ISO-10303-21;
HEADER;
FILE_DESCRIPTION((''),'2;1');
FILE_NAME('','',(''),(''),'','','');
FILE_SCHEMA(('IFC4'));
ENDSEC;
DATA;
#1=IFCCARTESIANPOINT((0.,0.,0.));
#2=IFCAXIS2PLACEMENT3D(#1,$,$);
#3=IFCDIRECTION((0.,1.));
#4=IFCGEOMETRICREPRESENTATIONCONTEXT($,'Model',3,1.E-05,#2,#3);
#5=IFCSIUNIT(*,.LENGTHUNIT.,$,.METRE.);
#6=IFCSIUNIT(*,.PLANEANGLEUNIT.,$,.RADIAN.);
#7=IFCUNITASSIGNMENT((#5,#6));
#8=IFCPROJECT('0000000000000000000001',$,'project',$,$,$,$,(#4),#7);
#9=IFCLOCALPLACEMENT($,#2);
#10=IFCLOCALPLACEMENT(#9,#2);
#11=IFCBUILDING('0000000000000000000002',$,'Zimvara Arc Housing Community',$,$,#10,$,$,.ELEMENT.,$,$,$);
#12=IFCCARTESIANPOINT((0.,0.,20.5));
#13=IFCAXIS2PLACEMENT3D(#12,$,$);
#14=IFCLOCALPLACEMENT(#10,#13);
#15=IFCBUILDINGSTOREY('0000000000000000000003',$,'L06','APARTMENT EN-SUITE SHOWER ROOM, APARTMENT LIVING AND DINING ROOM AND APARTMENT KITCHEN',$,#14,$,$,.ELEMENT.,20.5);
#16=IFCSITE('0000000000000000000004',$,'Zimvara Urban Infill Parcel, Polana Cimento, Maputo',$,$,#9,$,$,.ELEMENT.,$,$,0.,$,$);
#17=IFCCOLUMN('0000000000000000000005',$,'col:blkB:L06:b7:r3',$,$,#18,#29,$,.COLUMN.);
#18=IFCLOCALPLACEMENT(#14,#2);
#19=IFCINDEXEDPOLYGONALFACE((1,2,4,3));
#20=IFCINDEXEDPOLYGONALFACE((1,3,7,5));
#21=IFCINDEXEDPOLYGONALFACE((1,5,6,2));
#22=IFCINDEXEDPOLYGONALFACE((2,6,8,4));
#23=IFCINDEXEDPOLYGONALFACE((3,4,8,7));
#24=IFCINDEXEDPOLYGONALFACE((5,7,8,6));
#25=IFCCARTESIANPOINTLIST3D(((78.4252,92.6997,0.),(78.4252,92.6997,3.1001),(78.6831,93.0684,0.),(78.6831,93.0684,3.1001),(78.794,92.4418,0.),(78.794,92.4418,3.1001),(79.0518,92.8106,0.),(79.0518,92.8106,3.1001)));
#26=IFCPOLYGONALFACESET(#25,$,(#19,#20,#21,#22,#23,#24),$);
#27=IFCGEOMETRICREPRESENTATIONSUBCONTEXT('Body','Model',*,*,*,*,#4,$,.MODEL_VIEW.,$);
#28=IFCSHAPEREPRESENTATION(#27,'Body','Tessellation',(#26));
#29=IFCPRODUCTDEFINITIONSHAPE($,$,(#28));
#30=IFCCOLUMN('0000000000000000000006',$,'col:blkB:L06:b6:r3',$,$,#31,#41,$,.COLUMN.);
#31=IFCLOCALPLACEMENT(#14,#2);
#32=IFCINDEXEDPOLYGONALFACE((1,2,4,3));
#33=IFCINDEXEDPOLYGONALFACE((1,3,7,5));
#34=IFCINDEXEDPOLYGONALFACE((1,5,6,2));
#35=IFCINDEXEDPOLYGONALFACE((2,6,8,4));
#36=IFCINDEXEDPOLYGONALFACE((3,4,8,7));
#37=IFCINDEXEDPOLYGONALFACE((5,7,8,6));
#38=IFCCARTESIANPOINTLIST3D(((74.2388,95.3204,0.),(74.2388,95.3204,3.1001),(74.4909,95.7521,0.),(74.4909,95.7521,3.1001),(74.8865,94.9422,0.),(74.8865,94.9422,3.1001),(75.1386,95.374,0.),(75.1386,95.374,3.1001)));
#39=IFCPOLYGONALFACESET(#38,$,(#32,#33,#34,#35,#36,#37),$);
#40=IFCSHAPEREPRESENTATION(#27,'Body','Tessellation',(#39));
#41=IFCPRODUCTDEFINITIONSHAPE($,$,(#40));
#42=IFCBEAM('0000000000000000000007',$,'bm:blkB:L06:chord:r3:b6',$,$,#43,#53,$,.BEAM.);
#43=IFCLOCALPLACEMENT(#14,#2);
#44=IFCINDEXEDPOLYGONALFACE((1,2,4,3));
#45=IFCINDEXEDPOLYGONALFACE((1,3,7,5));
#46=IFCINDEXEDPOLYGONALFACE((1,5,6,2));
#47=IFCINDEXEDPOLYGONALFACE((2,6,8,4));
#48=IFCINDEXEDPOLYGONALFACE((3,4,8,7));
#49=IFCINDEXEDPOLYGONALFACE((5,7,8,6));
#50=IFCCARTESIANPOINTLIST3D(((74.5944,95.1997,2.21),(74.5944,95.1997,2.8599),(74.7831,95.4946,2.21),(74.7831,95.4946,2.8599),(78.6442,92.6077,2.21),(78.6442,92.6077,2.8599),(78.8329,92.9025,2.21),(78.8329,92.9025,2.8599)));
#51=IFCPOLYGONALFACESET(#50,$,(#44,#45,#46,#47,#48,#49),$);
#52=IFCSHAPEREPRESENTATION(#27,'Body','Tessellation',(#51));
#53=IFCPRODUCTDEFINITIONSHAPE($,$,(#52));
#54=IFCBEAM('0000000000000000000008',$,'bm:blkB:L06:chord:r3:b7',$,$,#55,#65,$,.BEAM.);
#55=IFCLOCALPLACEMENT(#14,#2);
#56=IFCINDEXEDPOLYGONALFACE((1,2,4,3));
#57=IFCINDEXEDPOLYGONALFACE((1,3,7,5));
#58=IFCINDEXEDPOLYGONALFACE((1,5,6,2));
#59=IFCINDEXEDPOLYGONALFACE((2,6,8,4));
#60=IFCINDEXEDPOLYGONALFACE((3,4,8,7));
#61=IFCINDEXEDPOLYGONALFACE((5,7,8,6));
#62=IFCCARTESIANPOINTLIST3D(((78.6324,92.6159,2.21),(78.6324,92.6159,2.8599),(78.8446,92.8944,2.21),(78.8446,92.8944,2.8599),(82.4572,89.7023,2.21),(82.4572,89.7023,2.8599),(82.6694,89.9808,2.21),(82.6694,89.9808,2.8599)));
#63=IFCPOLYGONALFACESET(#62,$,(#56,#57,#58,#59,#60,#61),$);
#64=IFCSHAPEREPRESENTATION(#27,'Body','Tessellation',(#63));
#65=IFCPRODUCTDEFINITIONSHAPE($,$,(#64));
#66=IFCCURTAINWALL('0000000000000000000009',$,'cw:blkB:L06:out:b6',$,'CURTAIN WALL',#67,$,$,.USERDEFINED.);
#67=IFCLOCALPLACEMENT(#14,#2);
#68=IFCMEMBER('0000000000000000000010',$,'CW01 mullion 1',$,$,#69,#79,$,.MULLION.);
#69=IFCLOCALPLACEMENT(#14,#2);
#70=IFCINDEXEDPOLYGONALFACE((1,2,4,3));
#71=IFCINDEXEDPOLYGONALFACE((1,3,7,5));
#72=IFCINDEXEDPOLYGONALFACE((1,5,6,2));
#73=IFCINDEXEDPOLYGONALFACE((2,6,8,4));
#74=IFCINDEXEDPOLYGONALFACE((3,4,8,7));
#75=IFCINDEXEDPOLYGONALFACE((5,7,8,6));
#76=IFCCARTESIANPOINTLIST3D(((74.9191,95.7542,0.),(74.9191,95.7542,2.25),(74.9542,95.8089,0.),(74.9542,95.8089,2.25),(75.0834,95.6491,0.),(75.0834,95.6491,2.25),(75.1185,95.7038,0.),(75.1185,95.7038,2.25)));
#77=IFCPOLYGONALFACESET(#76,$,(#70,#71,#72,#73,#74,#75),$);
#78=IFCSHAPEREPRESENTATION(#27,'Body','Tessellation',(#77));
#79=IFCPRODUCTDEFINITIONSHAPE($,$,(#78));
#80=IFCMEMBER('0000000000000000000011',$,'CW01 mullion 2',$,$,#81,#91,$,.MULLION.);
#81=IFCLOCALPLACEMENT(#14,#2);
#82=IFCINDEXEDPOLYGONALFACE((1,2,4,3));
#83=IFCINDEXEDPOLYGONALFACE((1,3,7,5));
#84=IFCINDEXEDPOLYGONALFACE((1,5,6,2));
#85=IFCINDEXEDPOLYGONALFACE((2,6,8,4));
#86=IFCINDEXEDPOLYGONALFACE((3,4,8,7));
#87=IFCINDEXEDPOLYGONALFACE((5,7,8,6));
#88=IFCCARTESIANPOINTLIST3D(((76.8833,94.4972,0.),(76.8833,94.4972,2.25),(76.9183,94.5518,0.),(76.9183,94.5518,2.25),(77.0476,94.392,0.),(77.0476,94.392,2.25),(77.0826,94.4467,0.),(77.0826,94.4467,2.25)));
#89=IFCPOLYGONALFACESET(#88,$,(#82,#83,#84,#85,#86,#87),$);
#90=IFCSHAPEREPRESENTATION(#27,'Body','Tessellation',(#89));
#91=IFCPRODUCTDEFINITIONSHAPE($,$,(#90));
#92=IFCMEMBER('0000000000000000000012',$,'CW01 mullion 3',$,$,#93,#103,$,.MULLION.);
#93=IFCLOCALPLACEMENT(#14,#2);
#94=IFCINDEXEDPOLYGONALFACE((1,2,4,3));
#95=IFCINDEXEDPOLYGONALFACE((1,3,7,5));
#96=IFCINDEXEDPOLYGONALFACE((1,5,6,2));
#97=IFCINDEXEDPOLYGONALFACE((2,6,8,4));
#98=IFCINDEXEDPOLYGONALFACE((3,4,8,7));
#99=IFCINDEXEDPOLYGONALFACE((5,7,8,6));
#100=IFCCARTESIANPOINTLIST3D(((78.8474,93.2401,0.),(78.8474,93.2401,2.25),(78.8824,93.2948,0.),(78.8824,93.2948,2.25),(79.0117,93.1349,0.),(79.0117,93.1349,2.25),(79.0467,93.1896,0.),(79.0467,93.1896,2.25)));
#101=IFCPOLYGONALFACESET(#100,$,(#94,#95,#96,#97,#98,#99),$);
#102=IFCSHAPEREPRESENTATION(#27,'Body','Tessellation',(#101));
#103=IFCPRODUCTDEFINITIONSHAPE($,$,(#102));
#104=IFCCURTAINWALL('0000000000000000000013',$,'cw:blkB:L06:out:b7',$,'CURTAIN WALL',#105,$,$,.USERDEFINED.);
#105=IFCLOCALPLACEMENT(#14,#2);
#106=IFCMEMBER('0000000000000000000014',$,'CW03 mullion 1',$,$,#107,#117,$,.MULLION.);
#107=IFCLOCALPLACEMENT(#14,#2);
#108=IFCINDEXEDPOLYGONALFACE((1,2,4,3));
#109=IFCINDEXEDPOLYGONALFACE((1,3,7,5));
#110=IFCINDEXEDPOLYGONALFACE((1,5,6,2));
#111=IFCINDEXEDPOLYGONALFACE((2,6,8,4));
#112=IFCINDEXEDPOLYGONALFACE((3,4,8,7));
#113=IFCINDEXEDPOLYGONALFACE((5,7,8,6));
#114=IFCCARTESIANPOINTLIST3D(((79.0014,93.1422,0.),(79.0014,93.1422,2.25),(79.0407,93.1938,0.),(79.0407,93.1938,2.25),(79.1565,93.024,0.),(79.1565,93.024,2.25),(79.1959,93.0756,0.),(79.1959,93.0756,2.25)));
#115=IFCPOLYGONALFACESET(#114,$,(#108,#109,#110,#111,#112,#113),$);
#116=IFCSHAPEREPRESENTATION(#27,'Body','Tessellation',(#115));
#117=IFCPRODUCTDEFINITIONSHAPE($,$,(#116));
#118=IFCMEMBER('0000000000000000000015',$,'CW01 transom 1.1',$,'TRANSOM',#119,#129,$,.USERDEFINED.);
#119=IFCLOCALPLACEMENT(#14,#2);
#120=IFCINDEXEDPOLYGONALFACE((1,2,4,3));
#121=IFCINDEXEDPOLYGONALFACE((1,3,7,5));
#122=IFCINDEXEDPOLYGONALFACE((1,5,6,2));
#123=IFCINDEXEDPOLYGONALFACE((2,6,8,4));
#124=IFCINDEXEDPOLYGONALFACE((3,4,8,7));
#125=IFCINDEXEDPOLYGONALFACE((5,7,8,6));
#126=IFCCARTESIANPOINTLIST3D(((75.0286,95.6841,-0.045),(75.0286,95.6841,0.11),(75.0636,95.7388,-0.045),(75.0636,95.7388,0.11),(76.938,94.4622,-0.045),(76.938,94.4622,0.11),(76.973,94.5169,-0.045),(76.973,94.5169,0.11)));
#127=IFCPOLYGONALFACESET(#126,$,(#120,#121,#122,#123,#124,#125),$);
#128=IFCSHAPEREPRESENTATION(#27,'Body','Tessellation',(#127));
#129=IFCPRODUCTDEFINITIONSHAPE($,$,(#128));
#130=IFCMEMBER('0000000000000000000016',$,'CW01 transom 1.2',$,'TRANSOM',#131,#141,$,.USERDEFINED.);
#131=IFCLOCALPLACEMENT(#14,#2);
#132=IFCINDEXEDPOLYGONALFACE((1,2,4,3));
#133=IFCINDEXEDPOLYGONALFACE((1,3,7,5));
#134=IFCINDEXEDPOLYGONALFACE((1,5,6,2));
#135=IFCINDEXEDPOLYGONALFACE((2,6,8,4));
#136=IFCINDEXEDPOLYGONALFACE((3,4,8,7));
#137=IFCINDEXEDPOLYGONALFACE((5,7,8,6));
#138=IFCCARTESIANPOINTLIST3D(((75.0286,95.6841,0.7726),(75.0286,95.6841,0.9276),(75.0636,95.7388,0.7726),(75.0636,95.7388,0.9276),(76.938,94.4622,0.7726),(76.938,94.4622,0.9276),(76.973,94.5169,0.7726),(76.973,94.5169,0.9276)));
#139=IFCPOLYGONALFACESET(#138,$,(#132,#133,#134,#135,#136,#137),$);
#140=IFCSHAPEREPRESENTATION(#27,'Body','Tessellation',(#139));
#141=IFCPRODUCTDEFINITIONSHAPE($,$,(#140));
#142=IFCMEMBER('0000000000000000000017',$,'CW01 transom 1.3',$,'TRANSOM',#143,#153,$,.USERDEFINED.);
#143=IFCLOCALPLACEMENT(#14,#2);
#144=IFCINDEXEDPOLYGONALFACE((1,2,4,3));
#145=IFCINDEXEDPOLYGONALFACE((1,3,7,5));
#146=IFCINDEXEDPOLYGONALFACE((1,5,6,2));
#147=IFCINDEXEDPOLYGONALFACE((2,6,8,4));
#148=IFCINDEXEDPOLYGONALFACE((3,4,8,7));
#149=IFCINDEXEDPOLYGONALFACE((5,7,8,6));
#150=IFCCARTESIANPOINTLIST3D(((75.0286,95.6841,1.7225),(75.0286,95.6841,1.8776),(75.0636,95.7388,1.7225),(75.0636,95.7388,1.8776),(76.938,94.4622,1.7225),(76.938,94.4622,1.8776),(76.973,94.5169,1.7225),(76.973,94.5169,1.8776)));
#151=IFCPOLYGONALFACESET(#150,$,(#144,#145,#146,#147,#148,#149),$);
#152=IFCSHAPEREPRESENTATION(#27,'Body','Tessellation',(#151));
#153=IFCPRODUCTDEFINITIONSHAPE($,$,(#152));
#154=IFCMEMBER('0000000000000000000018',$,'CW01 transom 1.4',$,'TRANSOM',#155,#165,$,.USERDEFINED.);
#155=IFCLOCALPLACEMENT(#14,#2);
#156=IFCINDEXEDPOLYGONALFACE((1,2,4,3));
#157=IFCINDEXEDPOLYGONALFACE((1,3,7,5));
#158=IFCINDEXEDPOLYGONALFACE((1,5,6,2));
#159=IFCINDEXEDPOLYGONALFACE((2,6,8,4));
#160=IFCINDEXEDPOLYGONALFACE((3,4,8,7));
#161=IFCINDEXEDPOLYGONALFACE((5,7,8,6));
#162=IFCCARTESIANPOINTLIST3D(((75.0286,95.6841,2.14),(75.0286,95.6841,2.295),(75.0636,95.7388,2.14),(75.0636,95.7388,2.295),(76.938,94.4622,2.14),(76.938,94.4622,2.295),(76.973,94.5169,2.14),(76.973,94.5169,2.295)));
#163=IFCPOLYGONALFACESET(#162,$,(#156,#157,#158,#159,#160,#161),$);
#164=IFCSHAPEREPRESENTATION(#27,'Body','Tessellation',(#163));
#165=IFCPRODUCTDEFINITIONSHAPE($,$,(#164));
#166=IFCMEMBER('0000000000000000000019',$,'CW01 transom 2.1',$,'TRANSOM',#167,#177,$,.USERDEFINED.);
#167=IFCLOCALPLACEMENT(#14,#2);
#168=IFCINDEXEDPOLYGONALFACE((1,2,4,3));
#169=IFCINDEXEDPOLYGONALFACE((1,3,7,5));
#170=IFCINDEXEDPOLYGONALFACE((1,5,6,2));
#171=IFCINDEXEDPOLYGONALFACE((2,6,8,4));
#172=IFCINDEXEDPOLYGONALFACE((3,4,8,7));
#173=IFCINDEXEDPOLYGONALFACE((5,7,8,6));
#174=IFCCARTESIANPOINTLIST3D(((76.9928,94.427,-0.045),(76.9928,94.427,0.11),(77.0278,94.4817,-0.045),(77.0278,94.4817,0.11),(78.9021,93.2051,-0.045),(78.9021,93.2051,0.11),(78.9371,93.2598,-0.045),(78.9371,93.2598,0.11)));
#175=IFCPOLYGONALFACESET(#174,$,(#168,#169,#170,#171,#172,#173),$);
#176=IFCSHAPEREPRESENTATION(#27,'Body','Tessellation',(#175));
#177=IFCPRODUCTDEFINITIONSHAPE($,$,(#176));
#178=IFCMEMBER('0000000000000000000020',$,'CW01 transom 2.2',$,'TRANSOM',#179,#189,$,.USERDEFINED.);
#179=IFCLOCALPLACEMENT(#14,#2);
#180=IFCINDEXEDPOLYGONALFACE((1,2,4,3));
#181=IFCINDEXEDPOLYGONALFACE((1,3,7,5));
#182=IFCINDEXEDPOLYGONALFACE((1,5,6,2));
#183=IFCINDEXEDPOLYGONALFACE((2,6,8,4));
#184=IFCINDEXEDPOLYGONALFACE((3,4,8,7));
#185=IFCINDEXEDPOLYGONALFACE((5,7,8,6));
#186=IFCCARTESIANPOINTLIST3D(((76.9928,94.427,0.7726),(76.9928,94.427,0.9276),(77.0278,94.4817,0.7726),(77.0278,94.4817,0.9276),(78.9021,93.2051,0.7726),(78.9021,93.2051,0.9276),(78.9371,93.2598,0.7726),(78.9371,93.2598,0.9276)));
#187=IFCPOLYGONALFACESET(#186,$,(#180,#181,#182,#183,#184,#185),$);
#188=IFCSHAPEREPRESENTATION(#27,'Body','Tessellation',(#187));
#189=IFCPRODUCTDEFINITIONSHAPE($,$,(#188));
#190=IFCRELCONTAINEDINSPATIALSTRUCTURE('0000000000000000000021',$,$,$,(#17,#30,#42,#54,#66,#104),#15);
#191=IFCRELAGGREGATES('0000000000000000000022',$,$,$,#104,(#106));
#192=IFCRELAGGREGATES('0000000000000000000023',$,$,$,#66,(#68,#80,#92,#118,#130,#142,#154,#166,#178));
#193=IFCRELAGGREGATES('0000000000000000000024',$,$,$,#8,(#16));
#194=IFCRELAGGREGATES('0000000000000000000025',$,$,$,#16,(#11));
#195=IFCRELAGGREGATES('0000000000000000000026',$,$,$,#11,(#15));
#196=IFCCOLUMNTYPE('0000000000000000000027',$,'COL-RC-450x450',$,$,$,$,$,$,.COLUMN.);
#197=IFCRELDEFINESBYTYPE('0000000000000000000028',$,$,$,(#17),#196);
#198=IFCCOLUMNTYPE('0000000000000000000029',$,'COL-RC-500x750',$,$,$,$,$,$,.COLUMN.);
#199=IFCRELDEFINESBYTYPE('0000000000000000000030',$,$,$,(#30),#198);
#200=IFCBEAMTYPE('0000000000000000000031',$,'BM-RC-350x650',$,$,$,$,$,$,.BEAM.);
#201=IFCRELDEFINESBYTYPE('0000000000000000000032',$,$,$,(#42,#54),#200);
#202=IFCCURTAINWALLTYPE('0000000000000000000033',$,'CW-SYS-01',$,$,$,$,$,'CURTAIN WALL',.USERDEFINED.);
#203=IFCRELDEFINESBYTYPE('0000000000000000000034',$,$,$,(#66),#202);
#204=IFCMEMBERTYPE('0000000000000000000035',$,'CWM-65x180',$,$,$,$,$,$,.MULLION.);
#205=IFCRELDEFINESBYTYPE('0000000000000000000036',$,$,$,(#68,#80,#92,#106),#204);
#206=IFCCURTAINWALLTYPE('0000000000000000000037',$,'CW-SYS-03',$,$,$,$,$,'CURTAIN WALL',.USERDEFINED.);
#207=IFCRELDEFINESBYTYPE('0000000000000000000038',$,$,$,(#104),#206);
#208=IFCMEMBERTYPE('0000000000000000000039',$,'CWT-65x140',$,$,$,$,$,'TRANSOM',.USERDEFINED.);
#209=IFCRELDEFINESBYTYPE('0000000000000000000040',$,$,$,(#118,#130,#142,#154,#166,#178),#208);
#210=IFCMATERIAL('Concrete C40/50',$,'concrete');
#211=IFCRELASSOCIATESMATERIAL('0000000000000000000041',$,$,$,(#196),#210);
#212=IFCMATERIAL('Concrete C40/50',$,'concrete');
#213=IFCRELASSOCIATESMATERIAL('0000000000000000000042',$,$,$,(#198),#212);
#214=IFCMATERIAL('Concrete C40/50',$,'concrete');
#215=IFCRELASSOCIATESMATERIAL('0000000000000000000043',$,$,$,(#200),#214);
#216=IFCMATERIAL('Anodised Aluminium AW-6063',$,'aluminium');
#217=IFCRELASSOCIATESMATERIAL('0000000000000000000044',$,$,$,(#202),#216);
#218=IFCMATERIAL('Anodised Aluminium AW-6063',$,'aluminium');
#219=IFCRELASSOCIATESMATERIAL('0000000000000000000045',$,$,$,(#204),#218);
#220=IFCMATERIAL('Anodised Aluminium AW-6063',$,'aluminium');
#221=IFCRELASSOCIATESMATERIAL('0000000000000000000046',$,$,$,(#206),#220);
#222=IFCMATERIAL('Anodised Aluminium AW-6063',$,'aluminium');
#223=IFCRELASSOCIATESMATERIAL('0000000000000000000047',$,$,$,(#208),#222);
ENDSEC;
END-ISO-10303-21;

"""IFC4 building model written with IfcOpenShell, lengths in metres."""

from ifc_helpers import new_model, si_unit, direction, frame, origin, origin_2d, place, context, subcontext, project, spatial, rectangle, extrude, material, material_profile, profile_set, type_object, element, aggregate, save


model = new_model("IFC4")

# Units and contexts
model_context = context("Model", 3, precision=1e-05, world=origin(), true_north=direction((0.0, 1.0)))
body_context = subcontext(model_context, "Body", "Model", "MODEL_VIEW")
ifc_project = project(units=[si_unit("LENGTHUNIT", "METRE"), si_unit("PLANEANGLEUNIT", "RADIAN")], contexts=[model_context])

# Site, building, storey
site_placement = place(None, origin())
site = spatial("IfcSite", under=ifc_project, at=site_placement, Name="Zimvara Urban Infill Parcel, Polana Cimento, Maputo", CompositionType="ELEMENT", RefElevation=0.0)
building_placement = place(site_placement, origin())
building = spatial("IfcBuilding", under=site, at=building_placement, Name="Zimvara Arc Housing Community", CompositionType="ELEMENT")
storey_placement = place(building_placement, frame((0.0, 0.0, 20.5)))
storey = spatial("IfcBuildingStorey", under=building, at=storey_placement, Name="L06", Description="APARTMENT EN-SUITE SHOWER ROOM, APARTMENT LIVING AND DINING ROOM AND APARTMENT KITCHEN", CompositionType="ELEMENT", Elevation=20.5)

# Columns
ifc_material_1 = material(Name="Concrete C40/50", Category="concrete")
ifc_material_profile_1 = material_profile(ifc_material_1, rectangle(XDim=0.45, YDim=0.45, at=origin_2d()), Name="RC 450x450")
ifc_profile_set_1 = profile_set([ifc_material_profile_1], Name="Concrete C40/50")
column_type_1 = type_object("IfcColumnType", Name="COL-RC-450x450", PredefinedType="COLUMN", material=ifc_profile_set_1)
column_1_placement = place(storey_placement, frame((78.7385, 92.7551, 0.0), z_axis=(0.0, 0.0, 1.0), x_axis=(0.573004, 0.819552, 0.0)))
element("IfcColumn", 1, at=column_1_placement, inside=storey, type_object=column_type_1, Name="col:blkB:L06:b7:r3", PredefinedType="COLUMN", context=body_context, shape_type="SweptSolid", body=[
    extrude(rectangle(XDim=0.45, YDim=0.45, at=origin_2d()), origin(), (0.0, 0.0, 1.0), 3.1001),
])
ifc_material_2 = material(Name="Concrete C40/50", Category="concrete")
ifc_material_profile_2 = material_profile(ifc_material_2, rectangle(XDim=0.5, YDim=0.75, at=origin_2d()), Name="RC 500x750")
ifc_profile_set_2 = profile_set([ifc_material_profile_2], Name="Concrete C40/50")
column_type_2 = type_object("IfcColumnType", Name="COL-RC-500x750", PredefinedType="COLUMN", material=ifc_profile_set_2)
column_2_placement = place(storey_placement, frame((74.6887, 95.3472, 0.0), z_axis=(0.0, 0.0, 1.0), x_axis=(0.504226, 0.863572, 0.0)))
element("IfcColumn", 2, at=column_2_placement, inside=storey, type_object=column_type_2, Name="col:blkB:L06:b6:r3", PredefinedType="COLUMN", context=body_context, shape_type="SweptSolid", body=[
    extrude(rectangle(XDim=0.5, YDim=0.75, at=origin_2d()), origin(), (0.0, 0.0, 1.0), 3.1001),
])

# Beams
ifc_material_3 = material(Name="Concrete C40/50", Category="concrete")
ifc_material_profile_3 = material_profile(ifc_material_3, rectangle(XDim=0.3501, YDim=0.6499, at=origin_2d()), Name="RC 350x650")
ifc_profile_set_3 = profile_set([ifc_material_profile_3], Name="Concrete C40/50")
beam_type = type_object("IfcBeamType", Name="BM-RC-350x650", PredefinedType="BEAM", material=ifc_profile_set_3)
beam_1_placement = place(storey_placement, frame((74.6887, 95.3472, 2.5349), z_axis=(0.842256, -0.539078, 0.0), x_axis=(0.539078, 0.842256, 0.0)))
element("IfcBeam", 3, at=beam_1_placement, inside=storey, type_object=beam_type, Name="bm:blkB:L06:chord:r3:b6", PredefinedType="BEAM", context=body_context, shape_type="SweptSolid", body=[
    extrude(rectangle(XDim=0.3501, YDim=0.6499, at=origin_2d()), origin(), (0.0, 0.0, 1.0), 4.8083),
])
beam_2_placement = place(storey_placement, frame((78.7385, 92.7551, 2.5349), z_axis=(0.795481, -0.605979, 0.0), x_axis=(0.605979, 0.795481, 0.0)))
element("IfcBeam", 4, at=beam_2_placement, inside=storey, type_object=beam_type, Name="bm:blkB:L06:chord:r3:b7", PredefinedType="BEAM", context=body_context, shape_type="SweptSolid", body=[
    extrude(rectangle(XDim=0.3501, YDim=0.6499, at=origin_2d()), origin(), (0.0, 0.0, 1.0), 4.8081),
])

# Curtain wall, members
ifc_material_4 = material(Name="Anodised Aluminium AW-6063", Category="aluminium")
curtain_wall_type_1 = type_object("IfcCurtainWallType", Name="CW-SYS-01", ElementType="CURTAIN WALL", PredefinedType="USERDEFINED", material=ifc_material_4)
curtain_wall_1_placement = place(storey_placement, origin())
curtain_wall_1 = element("IfcCurtainWall", 5, at=curtain_wall_1_placement, inside=storey, type_object=curtain_wall_type_1, Name="cw:blkB:L06:out:b6", ObjectType="CURTAIN WALL", PredefinedType="USERDEFINED")
ifc_material_5 = material(Name="Anodised Aluminium AW-6063", Category="aluminium")
ifc_material_profile_4 = material_profile(ifc_material_5, rectangle(XDim=0.0649, YDim=0.1951, at=origin_2d()), Name="ALU 65x195")
ifc_profile_set_4 = profile_set([ifc_material_profile_4], Name="Anodised Aluminium AW-6063")
member_type_1 = type_object("IfcMemberType", Name="CWM-65x180", PredefinedType="MULLION", material=ifc_profile_set_4)
member_1_placement = place(storey_placement, frame((75.0188, 95.729, 0.0), z_axis=(0.0, 0.0, 1.0), x_axis=(0.539065, 0.842264, 0.0)))
member_1 = element("IfcMember", 6, at=member_1_placement, type_object=member_type_1, Name="CW01 mullion 1", PredefinedType="MULLION", context=body_context, shape_type="SweptSolid", body=[
    extrude(rectangle(XDim=0.0649, YDim=0.1951, at=origin_2d()), origin(), (0.0, 0.0, 1.0), 2.25),
])
member_2_placement = place(storey_placement, frame((76.9829, 94.4719, 0.0), z_axis=(0.0, 0.0, 1.0), x_axis=(0.539065, 0.842264, 0.0)))
member_2 = element("IfcMember", 7, at=member_2_placement, type_object=member_type_1, Name="CW01 mullion 2", PredefinedType="MULLION", context=body_context, shape_type="SweptSolid", body=[
    extrude(rectangle(XDim=0.0649, YDim=0.1951, at=origin_2d()), origin(), (0.0, 0.0, 1.0), 2.25),
])
member_3_placement = place(storey_placement, frame((78.947, 93.2148, 0.0), z_axis=(0.0, 0.0, 1.0), x_axis=(0.539065, 0.842264, 0.0)))
member_3 = element("IfcMember", 8, at=member_3_placement, type_object=member_type_1, Name="CW01 mullion 3", PredefinedType="MULLION", context=body_context, shape_type="SweptSolid", body=[
    extrude(rectangle(XDim=0.0649, YDim=0.1951, at=origin_2d()), origin(), (0.0, 0.0, 1.0), 2.25),
])

# Curtain wall, member
ifc_material_6 = material(Name="Anodised Aluminium AW-6063", Category="aluminium")
curtain_wall_type_2 = type_object("IfcCurtainWallType", Name="CW-SYS-03", ElementType="CURTAIN WALL", PredefinedType="USERDEFINED", material=ifc_material_6)
curtain_wall_2_placement = place(storey_placement, origin())
curtain_wall_2 = element("IfcCurtainWall", 9, at=curtain_wall_2_placement, inside=storey, type_object=curtain_wall_type_2, Name="cw:blkB:L06:out:b7", ObjectType="CURTAIN WALL", PredefinedType="USERDEFINED")
member_4_placement = place(storey_placement, frame((79.0986, 93.1089, 0.0), z_axis=(0.0, 0.0, 1.0), x_axis=(0.605988, 0.795474, 0.0)))
member_4 = element("IfcMember", 10, at=member_4_placement, type_object=member_type_1, Name="CW03 mullion 1", PredefinedType="MULLION", context=body_context, shape_type="SweptSolid", body=[
    extrude(rectangle(XDim=0.0649, YDim=0.1951, at=origin_2d()), origin(), (0.0, 0.0, 1.0), 2.25),
])

# Members
ifc_material_7 = material(Name="Anodised Aluminium AW-6063", Category="aluminium")
ifc_material_profile_5 = material_profile(ifc_material_7, rectangle(XDim=0.0649, YDim=0.155, at=origin_2d()), Name="ALU 65x155")
ifc_profile_set_5 = profile_set([ifc_material_profile_5], Name="Anodised Aluminium AW-6063")
member_type_2 = type_object("IfcMemberType", Name="CWT-65x140", ElementType="TRANSOM", PredefinedType="USERDEFINED", material=ifc_profile_set_5)
member_5_placement = place(storey_placement, frame((75.0461, 95.7114, 0.0325), z_axis=(0.842293, -0.53902, 0.0), x_axis=(0.53902, 0.842293, 0.0)))
member_5 = element("IfcMember", 11, at=member_5_placement, type_object=member_type_2, Name="CW01 transom 1.1", ObjectType="TRANSOM", PredefinedType="USERDEFINED", context=body_context, shape_type="SweptSolid", body=[
    extrude(rectangle(XDim=0.0649, YDim=0.155, at=origin_2d()), origin(), (0.0, 0.0, 1.0), 2.2668),
])
member_6_placement = place(storey_placement, frame((75.0461, 95.7114, 0.8501), z_axis=(0.842293, -0.53902, 0.0), x_axis=(0.53902, 0.842293, 0.0)))
member_6 = element("IfcMember", 12, at=member_6_placement, type_object=member_type_2, Name="CW01 transom 1.2", ObjectType="TRANSOM", PredefinedType="USERDEFINED", context=body_context, shape_type="SweptSolid", body=[
    extrude(rectangle(XDim=0.0649, YDim=0.155, at=origin_2d()), origin(), (0.0, 0.0, 1.0), 2.2668),
])
member_7_placement = place(storey_placement, frame((75.0461, 95.7114, 1.8), z_axis=(0.842293, -0.53902, 0.0), x_axis=(0.53902, 0.842293, 0.0)))
member_7 = element("IfcMember", 13, at=member_7_placement, type_object=member_type_2, Name="CW01 transom 1.3", ObjectType="TRANSOM", PredefinedType="USERDEFINED", context=body_context, shape_type="SweptSolid", body=[
    extrude(rectangle(XDim=0.0649, YDim=0.155, at=origin_2d()), origin(), (0.0, 0.0, 1.0), 2.2668),
])
member_8_placement = place(storey_placement, frame((75.0461, 95.7114, 2.2175), z_axis=(0.842293, -0.53902, 0.0), x_axis=(0.53902, 0.842293, 0.0)))
member_8 = element("IfcMember", 14, at=member_8_placement, type_object=member_type_2, Name="CW01 transom 1.4", ObjectType="TRANSOM", PredefinedType="USERDEFINED", context=body_context, shape_type="SweptSolid", body=[
    extrude(rectangle(XDim=0.0649, YDim=0.155, at=origin_2d()), origin(), (0.0, 0.0, 1.0), 2.2668),
])
member_9_placement = place(storey_placement, frame((77.0103, 94.4543, 0.0325), z_axis=(0.842293, -0.53902, 0.0), x_axis=(0.53902, 0.842293, 0.0)))
member_9 = element("IfcMember", 15, at=member_9_placement, type_object=member_type_2, Name="CW01 transom 2.1", ObjectType="TRANSOM", PredefinedType="USERDEFINED", context=body_context, shape_type="SweptSolid", body=[
    extrude(rectangle(XDim=0.0649, YDim=0.155, at=origin_2d()), origin(), (0.0, 0.0, 1.0), 2.2668),
])
member_10_placement = place(storey_placement, frame((77.0103, 94.4543, 0.8501), z_axis=(0.842293, -0.53902, 0.0), x_axis=(0.53902, 0.842293, 0.0)))
member_10 = element("IfcMember", 16, at=member_10_placement, type_object=member_type_2, Name="CW01 transom 2.2", ObjectType="TRANSOM", PredefinedType="USERDEFINED", context=body_context, shape_type="SweptSolid", body=[
    extrude(rectangle(XDim=0.0649, YDim=0.155, at=origin_2d()), origin(), (0.0, 0.0, 1.0), 2.2668),
])
aggregate(curtain_wall_2, [member_4])

aggregate(curtain_wall_1, [member_1, member_2, member_3, member_5, member_6, member_7, member_8, member_9, member_10])

save(model, "model.ifc")
